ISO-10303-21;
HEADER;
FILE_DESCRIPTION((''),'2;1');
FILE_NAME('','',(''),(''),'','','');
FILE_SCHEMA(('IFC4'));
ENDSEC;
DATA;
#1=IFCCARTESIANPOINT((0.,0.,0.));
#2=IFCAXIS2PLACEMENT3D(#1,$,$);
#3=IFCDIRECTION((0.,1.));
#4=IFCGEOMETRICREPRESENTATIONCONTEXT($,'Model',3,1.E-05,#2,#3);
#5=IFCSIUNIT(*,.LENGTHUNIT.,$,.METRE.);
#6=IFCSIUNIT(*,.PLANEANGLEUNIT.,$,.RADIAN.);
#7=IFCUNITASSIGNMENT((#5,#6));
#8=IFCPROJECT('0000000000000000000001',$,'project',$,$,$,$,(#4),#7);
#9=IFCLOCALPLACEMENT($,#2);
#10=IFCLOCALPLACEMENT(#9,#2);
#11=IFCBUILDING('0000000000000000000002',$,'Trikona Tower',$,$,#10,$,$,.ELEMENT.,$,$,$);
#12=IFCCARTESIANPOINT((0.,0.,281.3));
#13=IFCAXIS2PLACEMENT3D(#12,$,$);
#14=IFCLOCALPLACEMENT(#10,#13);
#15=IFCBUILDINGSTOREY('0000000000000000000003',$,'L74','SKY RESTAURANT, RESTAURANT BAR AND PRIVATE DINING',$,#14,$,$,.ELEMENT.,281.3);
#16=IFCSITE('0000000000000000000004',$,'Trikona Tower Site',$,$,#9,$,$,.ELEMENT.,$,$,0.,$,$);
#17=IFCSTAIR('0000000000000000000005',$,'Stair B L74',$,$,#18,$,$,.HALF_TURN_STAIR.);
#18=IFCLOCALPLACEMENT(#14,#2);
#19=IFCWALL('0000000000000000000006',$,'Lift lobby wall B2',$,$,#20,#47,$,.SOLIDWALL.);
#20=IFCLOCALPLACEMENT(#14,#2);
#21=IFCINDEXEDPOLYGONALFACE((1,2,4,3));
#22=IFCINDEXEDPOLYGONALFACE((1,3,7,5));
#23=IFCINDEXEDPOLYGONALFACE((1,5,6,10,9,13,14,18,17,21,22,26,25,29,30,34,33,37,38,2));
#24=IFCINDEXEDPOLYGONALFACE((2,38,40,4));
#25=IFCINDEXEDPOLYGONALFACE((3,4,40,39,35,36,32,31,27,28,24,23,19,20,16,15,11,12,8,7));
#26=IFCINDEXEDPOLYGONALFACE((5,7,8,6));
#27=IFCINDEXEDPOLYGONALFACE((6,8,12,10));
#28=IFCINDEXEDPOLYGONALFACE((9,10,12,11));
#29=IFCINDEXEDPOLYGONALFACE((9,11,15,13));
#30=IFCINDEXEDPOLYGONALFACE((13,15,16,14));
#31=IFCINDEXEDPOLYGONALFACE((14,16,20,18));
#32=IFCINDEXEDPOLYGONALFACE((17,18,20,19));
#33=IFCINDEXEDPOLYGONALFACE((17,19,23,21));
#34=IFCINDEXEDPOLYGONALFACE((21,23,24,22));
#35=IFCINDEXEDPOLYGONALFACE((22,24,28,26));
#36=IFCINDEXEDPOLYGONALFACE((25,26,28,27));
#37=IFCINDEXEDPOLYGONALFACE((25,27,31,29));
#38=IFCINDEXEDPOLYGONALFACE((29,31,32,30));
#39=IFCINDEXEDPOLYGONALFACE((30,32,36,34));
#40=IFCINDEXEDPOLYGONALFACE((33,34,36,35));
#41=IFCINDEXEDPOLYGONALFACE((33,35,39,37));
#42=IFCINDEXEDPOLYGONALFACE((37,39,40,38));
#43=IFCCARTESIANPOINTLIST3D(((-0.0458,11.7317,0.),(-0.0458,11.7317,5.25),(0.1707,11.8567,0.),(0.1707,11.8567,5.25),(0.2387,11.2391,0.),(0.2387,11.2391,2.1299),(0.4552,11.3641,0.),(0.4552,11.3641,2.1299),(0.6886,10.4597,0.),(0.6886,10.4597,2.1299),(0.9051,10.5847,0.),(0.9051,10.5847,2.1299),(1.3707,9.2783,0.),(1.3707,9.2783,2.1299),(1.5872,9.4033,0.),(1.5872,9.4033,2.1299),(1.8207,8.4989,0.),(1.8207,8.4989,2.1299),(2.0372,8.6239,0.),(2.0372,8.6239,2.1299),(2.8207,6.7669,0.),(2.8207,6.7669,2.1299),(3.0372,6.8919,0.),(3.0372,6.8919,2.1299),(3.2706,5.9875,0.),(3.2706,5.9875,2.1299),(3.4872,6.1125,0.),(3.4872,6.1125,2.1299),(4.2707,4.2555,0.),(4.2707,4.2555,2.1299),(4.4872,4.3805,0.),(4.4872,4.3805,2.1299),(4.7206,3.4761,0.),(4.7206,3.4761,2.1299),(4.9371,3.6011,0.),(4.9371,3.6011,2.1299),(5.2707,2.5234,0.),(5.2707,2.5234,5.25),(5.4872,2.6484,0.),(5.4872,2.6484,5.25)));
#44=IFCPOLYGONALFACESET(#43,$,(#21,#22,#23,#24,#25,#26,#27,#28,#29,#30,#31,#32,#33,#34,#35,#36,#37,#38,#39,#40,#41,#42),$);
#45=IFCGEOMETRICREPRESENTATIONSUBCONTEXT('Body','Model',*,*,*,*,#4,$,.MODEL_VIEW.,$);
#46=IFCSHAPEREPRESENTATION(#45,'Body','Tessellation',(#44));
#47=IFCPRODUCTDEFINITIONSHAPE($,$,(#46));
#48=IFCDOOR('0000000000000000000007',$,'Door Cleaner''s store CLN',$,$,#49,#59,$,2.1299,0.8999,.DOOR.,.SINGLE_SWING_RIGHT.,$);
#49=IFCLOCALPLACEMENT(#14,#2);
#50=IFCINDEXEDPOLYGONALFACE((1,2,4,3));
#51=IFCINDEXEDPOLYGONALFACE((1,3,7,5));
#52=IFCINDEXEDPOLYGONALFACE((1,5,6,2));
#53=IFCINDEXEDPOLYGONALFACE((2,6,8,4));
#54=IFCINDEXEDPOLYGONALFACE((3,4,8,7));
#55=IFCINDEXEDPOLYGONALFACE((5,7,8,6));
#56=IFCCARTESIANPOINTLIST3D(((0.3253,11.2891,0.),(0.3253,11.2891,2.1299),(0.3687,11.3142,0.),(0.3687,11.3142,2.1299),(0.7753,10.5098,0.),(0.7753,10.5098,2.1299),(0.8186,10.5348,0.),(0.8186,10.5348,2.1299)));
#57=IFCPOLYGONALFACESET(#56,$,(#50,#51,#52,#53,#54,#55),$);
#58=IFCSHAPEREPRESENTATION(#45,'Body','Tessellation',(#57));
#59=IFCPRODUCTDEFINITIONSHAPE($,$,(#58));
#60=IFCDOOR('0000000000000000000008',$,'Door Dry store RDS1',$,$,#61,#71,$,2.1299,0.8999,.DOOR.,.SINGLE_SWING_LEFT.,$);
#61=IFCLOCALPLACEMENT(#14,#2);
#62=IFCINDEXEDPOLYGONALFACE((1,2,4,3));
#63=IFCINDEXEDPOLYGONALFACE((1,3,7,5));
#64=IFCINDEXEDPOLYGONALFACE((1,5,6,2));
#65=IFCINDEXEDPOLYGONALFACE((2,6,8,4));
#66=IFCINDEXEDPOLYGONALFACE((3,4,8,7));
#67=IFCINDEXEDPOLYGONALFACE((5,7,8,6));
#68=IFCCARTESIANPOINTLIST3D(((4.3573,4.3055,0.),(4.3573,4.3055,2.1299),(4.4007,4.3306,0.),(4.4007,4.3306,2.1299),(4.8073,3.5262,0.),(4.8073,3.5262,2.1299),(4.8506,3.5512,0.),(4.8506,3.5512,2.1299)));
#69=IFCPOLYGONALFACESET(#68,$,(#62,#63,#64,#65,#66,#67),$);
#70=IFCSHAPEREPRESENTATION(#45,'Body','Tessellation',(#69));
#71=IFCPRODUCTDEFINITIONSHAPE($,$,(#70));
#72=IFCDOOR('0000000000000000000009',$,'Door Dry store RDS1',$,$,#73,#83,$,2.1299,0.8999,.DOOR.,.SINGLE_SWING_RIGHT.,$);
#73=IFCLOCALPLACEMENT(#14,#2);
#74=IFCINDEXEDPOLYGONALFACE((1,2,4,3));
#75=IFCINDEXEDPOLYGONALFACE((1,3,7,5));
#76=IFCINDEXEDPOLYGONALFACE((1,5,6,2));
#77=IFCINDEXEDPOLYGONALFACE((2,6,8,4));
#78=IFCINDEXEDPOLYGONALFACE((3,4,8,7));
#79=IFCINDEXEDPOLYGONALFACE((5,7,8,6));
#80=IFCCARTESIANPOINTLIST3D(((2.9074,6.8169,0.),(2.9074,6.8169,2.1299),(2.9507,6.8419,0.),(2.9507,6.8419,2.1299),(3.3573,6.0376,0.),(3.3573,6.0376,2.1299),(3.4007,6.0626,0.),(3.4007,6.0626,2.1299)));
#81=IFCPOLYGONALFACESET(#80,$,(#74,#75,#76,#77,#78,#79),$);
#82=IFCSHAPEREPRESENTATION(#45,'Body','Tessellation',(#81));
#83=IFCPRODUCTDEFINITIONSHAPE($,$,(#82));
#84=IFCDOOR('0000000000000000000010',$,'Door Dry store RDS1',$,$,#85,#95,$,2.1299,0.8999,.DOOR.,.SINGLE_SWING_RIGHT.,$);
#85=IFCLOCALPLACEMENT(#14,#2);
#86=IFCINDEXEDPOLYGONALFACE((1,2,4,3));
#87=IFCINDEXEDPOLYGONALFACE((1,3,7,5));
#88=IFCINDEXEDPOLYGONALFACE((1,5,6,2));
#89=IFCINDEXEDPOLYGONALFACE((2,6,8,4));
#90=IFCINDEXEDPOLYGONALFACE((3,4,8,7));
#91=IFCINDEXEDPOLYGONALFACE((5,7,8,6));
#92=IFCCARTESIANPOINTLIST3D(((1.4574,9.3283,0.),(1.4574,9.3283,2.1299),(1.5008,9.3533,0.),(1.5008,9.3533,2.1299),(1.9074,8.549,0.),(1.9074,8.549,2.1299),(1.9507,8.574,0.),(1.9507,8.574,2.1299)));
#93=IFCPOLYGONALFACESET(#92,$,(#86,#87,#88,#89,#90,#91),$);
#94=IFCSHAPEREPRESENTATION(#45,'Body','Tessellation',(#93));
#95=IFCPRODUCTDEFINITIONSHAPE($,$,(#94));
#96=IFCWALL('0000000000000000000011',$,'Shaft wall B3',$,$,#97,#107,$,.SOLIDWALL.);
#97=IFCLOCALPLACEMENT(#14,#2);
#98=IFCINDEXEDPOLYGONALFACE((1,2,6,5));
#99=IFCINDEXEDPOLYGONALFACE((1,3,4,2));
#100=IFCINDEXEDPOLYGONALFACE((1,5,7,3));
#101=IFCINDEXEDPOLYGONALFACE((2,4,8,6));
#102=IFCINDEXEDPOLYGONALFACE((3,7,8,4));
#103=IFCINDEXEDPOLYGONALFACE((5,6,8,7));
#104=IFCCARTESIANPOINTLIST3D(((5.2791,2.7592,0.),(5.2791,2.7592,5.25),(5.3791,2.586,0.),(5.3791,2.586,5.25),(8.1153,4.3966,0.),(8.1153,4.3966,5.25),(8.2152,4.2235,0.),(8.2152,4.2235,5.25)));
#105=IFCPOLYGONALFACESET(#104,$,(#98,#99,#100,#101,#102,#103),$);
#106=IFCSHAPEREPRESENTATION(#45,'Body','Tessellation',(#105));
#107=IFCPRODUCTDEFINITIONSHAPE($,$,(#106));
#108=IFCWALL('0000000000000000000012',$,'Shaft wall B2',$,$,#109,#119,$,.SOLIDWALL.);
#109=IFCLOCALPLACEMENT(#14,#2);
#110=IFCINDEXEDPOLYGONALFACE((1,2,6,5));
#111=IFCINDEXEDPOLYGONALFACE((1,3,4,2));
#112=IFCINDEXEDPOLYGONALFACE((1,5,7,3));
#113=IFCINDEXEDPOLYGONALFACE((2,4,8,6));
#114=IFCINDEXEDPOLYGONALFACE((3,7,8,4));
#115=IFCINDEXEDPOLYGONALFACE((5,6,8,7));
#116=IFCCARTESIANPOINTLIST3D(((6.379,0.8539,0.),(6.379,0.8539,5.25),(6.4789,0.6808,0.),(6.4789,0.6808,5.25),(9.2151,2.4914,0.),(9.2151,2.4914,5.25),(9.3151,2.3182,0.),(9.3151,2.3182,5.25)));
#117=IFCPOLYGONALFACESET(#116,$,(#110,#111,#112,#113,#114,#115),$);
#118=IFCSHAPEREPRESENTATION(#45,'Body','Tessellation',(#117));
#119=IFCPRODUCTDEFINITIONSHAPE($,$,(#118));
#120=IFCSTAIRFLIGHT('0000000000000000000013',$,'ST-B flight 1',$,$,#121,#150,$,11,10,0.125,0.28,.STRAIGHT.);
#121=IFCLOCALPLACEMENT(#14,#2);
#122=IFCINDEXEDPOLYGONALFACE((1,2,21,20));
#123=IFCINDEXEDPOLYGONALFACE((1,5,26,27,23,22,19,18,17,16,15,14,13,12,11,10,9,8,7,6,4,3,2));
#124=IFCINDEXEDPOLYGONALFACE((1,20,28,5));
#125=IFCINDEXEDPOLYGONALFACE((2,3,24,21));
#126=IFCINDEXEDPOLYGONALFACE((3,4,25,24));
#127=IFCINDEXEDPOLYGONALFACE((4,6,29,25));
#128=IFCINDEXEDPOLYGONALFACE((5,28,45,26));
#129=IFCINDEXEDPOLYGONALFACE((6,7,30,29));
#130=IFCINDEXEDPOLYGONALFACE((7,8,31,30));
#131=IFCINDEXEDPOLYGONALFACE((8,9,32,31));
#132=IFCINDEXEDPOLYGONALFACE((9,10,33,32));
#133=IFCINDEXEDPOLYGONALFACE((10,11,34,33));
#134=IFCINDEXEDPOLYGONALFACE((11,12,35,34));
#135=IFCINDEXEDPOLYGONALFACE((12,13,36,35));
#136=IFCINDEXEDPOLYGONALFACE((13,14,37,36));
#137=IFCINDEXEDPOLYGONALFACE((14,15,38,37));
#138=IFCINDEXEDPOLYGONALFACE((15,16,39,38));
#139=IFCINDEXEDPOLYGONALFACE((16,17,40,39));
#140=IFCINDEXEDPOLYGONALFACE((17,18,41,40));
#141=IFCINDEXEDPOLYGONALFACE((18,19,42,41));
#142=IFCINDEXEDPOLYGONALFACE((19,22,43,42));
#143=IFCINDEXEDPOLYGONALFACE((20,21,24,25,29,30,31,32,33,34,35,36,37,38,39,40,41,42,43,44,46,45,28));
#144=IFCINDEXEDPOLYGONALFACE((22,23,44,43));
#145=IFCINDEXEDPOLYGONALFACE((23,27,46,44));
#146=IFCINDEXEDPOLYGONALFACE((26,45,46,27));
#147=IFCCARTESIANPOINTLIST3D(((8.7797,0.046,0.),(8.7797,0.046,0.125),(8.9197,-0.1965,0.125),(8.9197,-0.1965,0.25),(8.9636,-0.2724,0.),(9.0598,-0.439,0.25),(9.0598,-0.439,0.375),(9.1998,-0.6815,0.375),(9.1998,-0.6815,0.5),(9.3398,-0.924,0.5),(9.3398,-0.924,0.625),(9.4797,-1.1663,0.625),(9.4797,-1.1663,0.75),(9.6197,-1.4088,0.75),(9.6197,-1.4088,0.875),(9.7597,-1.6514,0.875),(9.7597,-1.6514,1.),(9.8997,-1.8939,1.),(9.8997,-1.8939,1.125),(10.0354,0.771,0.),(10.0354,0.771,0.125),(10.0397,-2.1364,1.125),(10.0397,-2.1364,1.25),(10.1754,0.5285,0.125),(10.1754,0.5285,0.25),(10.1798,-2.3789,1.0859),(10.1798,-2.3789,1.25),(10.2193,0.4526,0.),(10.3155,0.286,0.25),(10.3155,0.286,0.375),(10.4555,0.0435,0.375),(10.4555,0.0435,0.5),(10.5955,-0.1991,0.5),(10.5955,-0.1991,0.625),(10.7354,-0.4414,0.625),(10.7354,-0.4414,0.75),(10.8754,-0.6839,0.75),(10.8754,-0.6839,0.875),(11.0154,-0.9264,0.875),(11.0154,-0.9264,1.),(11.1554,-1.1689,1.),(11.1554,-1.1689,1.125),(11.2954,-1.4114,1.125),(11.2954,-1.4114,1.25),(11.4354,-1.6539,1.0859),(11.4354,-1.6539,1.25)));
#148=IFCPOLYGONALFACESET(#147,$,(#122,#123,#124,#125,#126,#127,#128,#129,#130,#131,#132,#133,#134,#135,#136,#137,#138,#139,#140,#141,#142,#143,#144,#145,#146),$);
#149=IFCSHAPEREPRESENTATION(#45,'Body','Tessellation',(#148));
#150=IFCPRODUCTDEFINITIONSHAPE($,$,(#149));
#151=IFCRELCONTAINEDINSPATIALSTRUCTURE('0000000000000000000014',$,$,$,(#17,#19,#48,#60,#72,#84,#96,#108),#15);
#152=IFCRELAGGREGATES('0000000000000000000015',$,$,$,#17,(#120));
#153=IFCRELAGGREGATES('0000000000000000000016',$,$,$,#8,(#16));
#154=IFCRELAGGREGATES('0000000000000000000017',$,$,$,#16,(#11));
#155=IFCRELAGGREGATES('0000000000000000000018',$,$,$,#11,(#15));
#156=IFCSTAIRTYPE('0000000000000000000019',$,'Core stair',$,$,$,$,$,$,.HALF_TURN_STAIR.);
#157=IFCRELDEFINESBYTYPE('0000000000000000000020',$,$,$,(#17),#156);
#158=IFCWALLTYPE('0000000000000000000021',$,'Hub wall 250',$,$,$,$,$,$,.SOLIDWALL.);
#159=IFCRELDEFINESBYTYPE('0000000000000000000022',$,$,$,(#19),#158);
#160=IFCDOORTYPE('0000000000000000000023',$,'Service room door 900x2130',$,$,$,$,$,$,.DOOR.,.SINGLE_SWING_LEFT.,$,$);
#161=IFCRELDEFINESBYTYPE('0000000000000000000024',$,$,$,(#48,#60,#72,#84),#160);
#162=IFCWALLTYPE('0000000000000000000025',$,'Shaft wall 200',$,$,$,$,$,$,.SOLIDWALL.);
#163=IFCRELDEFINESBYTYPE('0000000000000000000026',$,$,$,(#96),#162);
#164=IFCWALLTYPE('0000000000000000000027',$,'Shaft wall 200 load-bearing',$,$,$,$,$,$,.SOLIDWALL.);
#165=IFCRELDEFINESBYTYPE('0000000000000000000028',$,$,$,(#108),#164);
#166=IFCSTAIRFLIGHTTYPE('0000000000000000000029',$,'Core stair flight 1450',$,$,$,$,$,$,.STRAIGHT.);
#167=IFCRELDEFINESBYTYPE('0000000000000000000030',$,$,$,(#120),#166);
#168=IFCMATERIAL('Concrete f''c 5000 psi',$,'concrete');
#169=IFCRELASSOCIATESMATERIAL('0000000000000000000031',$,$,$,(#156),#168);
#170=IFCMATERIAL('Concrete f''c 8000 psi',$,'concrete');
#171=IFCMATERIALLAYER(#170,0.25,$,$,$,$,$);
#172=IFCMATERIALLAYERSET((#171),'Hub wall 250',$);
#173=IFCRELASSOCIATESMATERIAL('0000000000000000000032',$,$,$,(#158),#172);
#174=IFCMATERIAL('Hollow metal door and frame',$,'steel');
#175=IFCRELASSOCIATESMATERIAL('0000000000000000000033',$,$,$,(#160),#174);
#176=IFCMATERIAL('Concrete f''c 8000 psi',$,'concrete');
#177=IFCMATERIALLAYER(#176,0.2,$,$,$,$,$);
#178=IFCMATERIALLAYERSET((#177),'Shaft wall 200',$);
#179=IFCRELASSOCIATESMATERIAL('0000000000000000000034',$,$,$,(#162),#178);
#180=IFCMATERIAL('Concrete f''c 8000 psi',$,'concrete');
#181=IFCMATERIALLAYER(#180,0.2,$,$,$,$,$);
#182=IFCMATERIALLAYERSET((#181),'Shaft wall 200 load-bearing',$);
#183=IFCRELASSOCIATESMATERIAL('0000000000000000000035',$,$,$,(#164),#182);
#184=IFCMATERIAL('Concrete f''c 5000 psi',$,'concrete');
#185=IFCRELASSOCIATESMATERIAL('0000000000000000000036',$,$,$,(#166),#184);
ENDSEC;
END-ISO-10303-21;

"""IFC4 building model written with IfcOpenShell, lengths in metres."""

from ifc_helpers import new_model, si_unit, direction, frame, frame_2d, origin, place, context, subcontext, project, spatial, polyline, rectangle, outline, extrude, material, layer, layer_set, type_object, element, fill, aggregate, save


model = new_model("IFC4")

# Units and contexts
model_context = context("Model", 3, precision=1e-05, world=origin(), true_north=direction((0.0, 1.0)))
body_context = subcontext(model_context, "Body", "Model", "MODEL_VIEW")
ifc_project = project(units=[si_unit("LENGTHUNIT", "METRE"), si_unit("PLANEANGLEUNIT", "RADIAN")], contexts=[model_context])

# Site, building, storey
site_placement = place(None, origin())
site = spatial("IfcSite", under=ifc_project, at=site_placement, Name="Trikona Tower Site", CompositionType="ELEMENT", RefElevation=0.0)
building_placement = place(site_placement, origin())
building = spatial("IfcBuilding", under=site, at=building_placement, Name="Trikona Tower", CompositionType="ELEMENT")
storey_placement = place(building_placement, frame((0.0, 0.0, 281.3)))
storey = spatial("IfcBuildingStorey", under=building, at=storey_placement, Name="L74", Description="SKY RESTAURANT, RESTAURANT BAR AND PRIVATE DINING", CompositionType="ELEMENT", Elevation=281.3)

# Stair
ifc_material_1 = material(Name="Concrete f'c 5000 psi", Category="concrete")
stair_type = type_object("IfcStairType", Name="Core stair", PredefinedType="HALF_TURN_STAIR", material=ifc_material_1)
stair_1_placement = place(storey_placement, origin())
stair_1 = element("IfcStair", 1, at=stair_1_placement, inside=storey, type_object=stair_type, Name="Stair B L74", PredefinedType="HALF_TURN_STAIR")

# Wall, openings, doors
ifc_material_2 = material(Name="Concrete f'c 8000 psi", Category="concrete")
ifc_layer_1 = layer(ifc_material_2, 0.25)
ifc_layer_set_1 = layer_set([ifc_layer_1], Name="Hub wall 250")
wall_type_1 = type_object("IfcWallType", Name="Hub wall 250", PredefinedType="SOLIDWALL", material=ifc_layer_set_1)
wall_1_placement = place(storey_placement, frame((5.3789, 2.5859, 0.0), z_axis=(0.0, 0.0, 1.0), x_axis=(-0.500001, 0.866025, 0.0)))
wall_1 = element("IfcWall", 2, at=wall_1_placement, inside=storey, type_object=wall_type_1, Name="Lift lobby wall B2", PredefinedType="SOLIDWALL", context=body_context, shape_type="SweptSolid", body=[
    extrude(rectangle(XDim=10.6328, YDim=0.25, at=frame_2d((5.3164, 0.0))), origin(), (0.0, 0.0, 1.0), 5.25),
])
opening_1_placement = place(wall_1_placement, frame((9.1641, 0.0, 0.0)))
opening_1 = element("IfcOpeningElement", 3, at=opening_1_placement, cuts=wall_1, PredefinedType="OPENING", context=body_context, shape_type="SweptSolid", body=[
    extrude(rectangle(XDim=0.8999, YDim=2.1299, at=frame_2d((0.45, 1.0649))), frame((0.0, 0.135, 0.0), z_axis=(0.0, -1.0, 0.0), x_axis=(1.0, 0.0, 0.0)), (0.0, 0.0, 1.0), 0.27),
])
opening_2_placement = place(wall_1_placement, frame((1.1001, 0.0, 0.0)))
opening_2 = element("IfcOpeningElement", 4, at=opening_2_placement, cuts=wall_1, PredefinedType="OPENING", context=body_context, shape_type="SweptSolid", body=[
    extrude(rectangle(XDim=0.8999, YDim=2.1299, at=frame_2d((0.45, 1.0649))), frame((0.0, 0.135, 0.0), z_axis=(0.0, -1.0, 0.0), x_axis=(1.0, 0.0, 0.0)), (0.0, 0.0, 1.0), 0.27),
])
opening_3_placement = place(wall_1_placement, frame((4.0, 0.0, 0.0)))
opening_3 = element("IfcOpeningElement", 5, at=opening_3_placement, cuts=wall_1, PredefinedType="OPENING", context=body_context, shape_type="SweptSolid", body=[
    extrude(rectangle(XDim=0.8999, YDim=2.1299, at=frame_2d((0.45, 1.0649))), frame((0.0, 0.135, 0.0), z_axis=(0.0, -1.0, 0.0), x_axis=(1.0, 0.0, 0.0)), (0.0, 0.0, 1.0), 0.27),
])
opening_4_placement = place(wall_1_placement, frame((6.8999, 0.0, 0.0)))
opening_4 = element("IfcOpeningElement", 6, at=opening_4_placement, cuts=wall_1, PredefinedType="OPENING", context=body_context, shape_type="SweptSolid", body=[
    extrude(rectangle(XDim=0.8999, YDim=2.1299, at=frame_2d((0.45, 1.0649))), frame((0.0, 0.135, 0.0), z_axis=(0.0, -1.0, 0.0), x_axis=(1.0, 0.0, 0.0)), (0.0, 0.0, 1.0), 0.27),
])
ifc_material_3 = material(Name="Hollow metal door and frame", Category="steel")
door_type = type_object("IfcDoorType", Name="Service room door 900x2130", OperationType="SINGLE_SWING_LEFT", PredefinedType="DOOR", material=ifc_material_3)
door_1_placement = place(opening_1_placement, origin())
door_1 = element("IfcDoor", 7, at=door_1_placement, inside=storey, type_object=door_type, Name="Door Cleaner's store CLN", OperationType="SINGLE_SWING_RIGHT", OverallHeight=2.1299, OverallWidth=0.8999, PredefinedType="DOOR", context=body_context, shape_type="SweptSolid", body=[
    extrude(rectangle(XDim=0.8999, YDim=2.1299, at=frame_2d((0.45, 1.0649))), frame((0.0, 0.0249, 0.0), z_axis=(0.0, -1.0, 0.0), x_axis=(1.0, 0.0, 0.0)), (0.0, 0.0, 1.0), 0.05),
])
fill(opening_1, door_1)
door_2_placement = place(opening_2_placement, origin())
door_2 = element("IfcDoor", 8, at=door_2_placement, inside=storey, type_object=door_type, Name="Door Dry store RDS1", OperationType="SINGLE_SWING_LEFT", OverallHeight=2.1299, OverallWidth=0.8999, PredefinedType="DOOR", context=body_context, shape_type="SweptSolid", body=[
    extrude(rectangle(XDim=0.8999, YDim=2.1299, at=frame_2d((0.45, 1.0649))), frame((0.0, 0.0249, 0.0), z_axis=(0.0, -1.0, 0.0), x_axis=(1.0, 0.0, 0.0)), (0.0, 0.0, 1.0), 0.05),
])
fill(opening_2, door_2)
door_3_placement = place(opening_3_placement, origin())
door_3 = element("IfcDoor", 9, at=door_3_placement, inside=storey, type_object=door_type, Name="Door Dry store RDS1", OperationType="SINGLE_SWING_RIGHT", OverallHeight=2.1299, OverallWidth=0.8999, PredefinedType="DOOR", context=body_context, shape_type="SweptSolid", body=[
    extrude(rectangle(XDim=0.8999, YDim=2.1299, at=frame_2d((0.45, 1.0649))), frame((0.0, 0.0249, 0.0), z_axis=(0.0, -1.0, 0.0), x_axis=(1.0, 0.0, 0.0)), (0.0, 0.0, 1.0), 0.05),
])
fill(opening_3, door_3)
door_4_placement = place(opening_4_placement, origin())
door_4 = element("IfcDoor", 10, at=door_4_placement, inside=storey, type_object=door_type, Name="Door Dry store RDS1", OperationType="SINGLE_SWING_RIGHT", OverallHeight=2.1299, OverallWidth=0.8999, PredefinedType="DOOR", context=body_context, shape_type="SweptSolid", body=[
    extrude(rectangle(XDim=0.8999, YDim=2.1299, at=frame_2d((0.45, 1.0649))), frame((0.0, 0.0249, 0.0), z_axis=(0.0, -1.0, 0.0), x_axis=(1.0, 0.0, 0.0)), (0.0, 0.0, 1.0), 0.05),
])
fill(opening_4, door_4)

# Walls
ifc_material_4 = material(Name="Concrete f'c 8000 psi", Category="concrete")
ifc_layer_2 = layer(ifc_material_4, 0.2)
ifc_layer_set_2 = layer_set([ifc_layer_2], Name="Shaft wall 200")
wall_type_2 = type_object("IfcWallType", Name="Shaft wall 200", PredefinedType="SOLIDWALL", material=ifc_layer_set_2)
wall_2_placement = place(storey_placement, frame((5.3291, 2.6726, 0.0), z_axis=(0.0, 0.0, 1.0), x_axis=(0.866028, 0.499996, 0.0)))
element("IfcWall", 11, at=wall_2_placement, inside=storey, type_object=wall_type_2, Name="Shaft wall B3", PredefinedType="SOLIDWALL", context=body_context, shape_type="SweptSolid", body=[
    extrude(rectangle(XDim=3.2749, YDim=0.2, at=frame_2d((1.6375, 0.0))), origin(), (0.0, 0.0, 1.0), 5.25),
])
ifc_material_5 = material(Name="Concrete f'c 8000 psi", Category="concrete")
ifc_layer_3 = layer(ifc_material_5, 0.2)
ifc_layer_set_3 = layer_set([ifc_layer_3], Name="Shaft wall 200 load-bearing")
wall_type_3 = type_object("IfcWallType", Name="Shaft wall 200 load-bearing", PredefinedType="SOLIDWALL", material=ifc_layer_set_3)
wall_3_placement = place(storey_placement, frame((6.429, 0.7673, 0.0), z_axis=(0.0, 0.0, 1.0), x_axis=(0.866028, 0.499996, 0.0)))
element("IfcWall", 12, at=wall_3_placement, inside=storey, type_object=wall_type_3, Name="Shaft wall B2", PredefinedType="SOLIDWALL", context=body_context, shape_type="SweptSolid", body=[
    extrude(rectangle(XDim=3.2749, YDim=0.2, at=frame_2d((1.6375, 0.0))), origin(), (0.0, 0.0, 1.0), 5.25),
])

# Stair flight
ifc_material_6 = material(Name="Concrete f'c 5000 psi", Category="concrete")
stair_flight_type = type_object("IfcStairFlightType", Name="Core stair flight 1450", PredefinedType="STRAIGHT", material=ifc_material_6)
stair_flight_1_placement = place(storey_placement, frame((9.4075, 0.4084, 0.0), z_axis=(0.0, 0.0, 1.0), x_axis=(0.5, -0.866025, 0.0)))
stair_flight_1 = element("IfcStairFlight", 13, at=stair_flight_1_placement, type_object=stair_flight_type, Name="ST-B flight 1", NumberOfRisers=11, NumberOfTreads=10, PredefinedType="STRAIGHT", RiserHeight=0.125, TreadLength=0.28, context=body_context, shape_type="SweptSolid", body=[
    extrude(outline(polyline([(0.0, 0.0), (0.0, 0.125), (0.28, 0.125), (0.28, 0.25), (0.5601, 0.25), (0.5601, 0.375), (0.8401, 0.375), (0.8401, 0.5), (1.1201, 0.5), (1.1201, 0.625), (1.3999, 0.625), (1.3999, 0.75), (1.6799, 0.75), (1.6799, 0.875), (1.96, 0.875), (1.96, 1.0), (2.24, 1.0), (2.24, 1.125), (2.52, 1.125), (2.52, 1.25), (2.8, 1.25), (2.8, 1.375), (2.8, 1.0859), (0.3677, 0.0), (0.0, 0.0)])), frame((0.0, 0.7251, 0.0), z_axis=(0.0, -1.0, 0.0), x_axis=(1.0, 0.0, 0.0)), (0.0, 0.0, 1.0), 1.45),
])
aggregate(stair_1, [stair_flight_1])

save(model, "model.ifc")
